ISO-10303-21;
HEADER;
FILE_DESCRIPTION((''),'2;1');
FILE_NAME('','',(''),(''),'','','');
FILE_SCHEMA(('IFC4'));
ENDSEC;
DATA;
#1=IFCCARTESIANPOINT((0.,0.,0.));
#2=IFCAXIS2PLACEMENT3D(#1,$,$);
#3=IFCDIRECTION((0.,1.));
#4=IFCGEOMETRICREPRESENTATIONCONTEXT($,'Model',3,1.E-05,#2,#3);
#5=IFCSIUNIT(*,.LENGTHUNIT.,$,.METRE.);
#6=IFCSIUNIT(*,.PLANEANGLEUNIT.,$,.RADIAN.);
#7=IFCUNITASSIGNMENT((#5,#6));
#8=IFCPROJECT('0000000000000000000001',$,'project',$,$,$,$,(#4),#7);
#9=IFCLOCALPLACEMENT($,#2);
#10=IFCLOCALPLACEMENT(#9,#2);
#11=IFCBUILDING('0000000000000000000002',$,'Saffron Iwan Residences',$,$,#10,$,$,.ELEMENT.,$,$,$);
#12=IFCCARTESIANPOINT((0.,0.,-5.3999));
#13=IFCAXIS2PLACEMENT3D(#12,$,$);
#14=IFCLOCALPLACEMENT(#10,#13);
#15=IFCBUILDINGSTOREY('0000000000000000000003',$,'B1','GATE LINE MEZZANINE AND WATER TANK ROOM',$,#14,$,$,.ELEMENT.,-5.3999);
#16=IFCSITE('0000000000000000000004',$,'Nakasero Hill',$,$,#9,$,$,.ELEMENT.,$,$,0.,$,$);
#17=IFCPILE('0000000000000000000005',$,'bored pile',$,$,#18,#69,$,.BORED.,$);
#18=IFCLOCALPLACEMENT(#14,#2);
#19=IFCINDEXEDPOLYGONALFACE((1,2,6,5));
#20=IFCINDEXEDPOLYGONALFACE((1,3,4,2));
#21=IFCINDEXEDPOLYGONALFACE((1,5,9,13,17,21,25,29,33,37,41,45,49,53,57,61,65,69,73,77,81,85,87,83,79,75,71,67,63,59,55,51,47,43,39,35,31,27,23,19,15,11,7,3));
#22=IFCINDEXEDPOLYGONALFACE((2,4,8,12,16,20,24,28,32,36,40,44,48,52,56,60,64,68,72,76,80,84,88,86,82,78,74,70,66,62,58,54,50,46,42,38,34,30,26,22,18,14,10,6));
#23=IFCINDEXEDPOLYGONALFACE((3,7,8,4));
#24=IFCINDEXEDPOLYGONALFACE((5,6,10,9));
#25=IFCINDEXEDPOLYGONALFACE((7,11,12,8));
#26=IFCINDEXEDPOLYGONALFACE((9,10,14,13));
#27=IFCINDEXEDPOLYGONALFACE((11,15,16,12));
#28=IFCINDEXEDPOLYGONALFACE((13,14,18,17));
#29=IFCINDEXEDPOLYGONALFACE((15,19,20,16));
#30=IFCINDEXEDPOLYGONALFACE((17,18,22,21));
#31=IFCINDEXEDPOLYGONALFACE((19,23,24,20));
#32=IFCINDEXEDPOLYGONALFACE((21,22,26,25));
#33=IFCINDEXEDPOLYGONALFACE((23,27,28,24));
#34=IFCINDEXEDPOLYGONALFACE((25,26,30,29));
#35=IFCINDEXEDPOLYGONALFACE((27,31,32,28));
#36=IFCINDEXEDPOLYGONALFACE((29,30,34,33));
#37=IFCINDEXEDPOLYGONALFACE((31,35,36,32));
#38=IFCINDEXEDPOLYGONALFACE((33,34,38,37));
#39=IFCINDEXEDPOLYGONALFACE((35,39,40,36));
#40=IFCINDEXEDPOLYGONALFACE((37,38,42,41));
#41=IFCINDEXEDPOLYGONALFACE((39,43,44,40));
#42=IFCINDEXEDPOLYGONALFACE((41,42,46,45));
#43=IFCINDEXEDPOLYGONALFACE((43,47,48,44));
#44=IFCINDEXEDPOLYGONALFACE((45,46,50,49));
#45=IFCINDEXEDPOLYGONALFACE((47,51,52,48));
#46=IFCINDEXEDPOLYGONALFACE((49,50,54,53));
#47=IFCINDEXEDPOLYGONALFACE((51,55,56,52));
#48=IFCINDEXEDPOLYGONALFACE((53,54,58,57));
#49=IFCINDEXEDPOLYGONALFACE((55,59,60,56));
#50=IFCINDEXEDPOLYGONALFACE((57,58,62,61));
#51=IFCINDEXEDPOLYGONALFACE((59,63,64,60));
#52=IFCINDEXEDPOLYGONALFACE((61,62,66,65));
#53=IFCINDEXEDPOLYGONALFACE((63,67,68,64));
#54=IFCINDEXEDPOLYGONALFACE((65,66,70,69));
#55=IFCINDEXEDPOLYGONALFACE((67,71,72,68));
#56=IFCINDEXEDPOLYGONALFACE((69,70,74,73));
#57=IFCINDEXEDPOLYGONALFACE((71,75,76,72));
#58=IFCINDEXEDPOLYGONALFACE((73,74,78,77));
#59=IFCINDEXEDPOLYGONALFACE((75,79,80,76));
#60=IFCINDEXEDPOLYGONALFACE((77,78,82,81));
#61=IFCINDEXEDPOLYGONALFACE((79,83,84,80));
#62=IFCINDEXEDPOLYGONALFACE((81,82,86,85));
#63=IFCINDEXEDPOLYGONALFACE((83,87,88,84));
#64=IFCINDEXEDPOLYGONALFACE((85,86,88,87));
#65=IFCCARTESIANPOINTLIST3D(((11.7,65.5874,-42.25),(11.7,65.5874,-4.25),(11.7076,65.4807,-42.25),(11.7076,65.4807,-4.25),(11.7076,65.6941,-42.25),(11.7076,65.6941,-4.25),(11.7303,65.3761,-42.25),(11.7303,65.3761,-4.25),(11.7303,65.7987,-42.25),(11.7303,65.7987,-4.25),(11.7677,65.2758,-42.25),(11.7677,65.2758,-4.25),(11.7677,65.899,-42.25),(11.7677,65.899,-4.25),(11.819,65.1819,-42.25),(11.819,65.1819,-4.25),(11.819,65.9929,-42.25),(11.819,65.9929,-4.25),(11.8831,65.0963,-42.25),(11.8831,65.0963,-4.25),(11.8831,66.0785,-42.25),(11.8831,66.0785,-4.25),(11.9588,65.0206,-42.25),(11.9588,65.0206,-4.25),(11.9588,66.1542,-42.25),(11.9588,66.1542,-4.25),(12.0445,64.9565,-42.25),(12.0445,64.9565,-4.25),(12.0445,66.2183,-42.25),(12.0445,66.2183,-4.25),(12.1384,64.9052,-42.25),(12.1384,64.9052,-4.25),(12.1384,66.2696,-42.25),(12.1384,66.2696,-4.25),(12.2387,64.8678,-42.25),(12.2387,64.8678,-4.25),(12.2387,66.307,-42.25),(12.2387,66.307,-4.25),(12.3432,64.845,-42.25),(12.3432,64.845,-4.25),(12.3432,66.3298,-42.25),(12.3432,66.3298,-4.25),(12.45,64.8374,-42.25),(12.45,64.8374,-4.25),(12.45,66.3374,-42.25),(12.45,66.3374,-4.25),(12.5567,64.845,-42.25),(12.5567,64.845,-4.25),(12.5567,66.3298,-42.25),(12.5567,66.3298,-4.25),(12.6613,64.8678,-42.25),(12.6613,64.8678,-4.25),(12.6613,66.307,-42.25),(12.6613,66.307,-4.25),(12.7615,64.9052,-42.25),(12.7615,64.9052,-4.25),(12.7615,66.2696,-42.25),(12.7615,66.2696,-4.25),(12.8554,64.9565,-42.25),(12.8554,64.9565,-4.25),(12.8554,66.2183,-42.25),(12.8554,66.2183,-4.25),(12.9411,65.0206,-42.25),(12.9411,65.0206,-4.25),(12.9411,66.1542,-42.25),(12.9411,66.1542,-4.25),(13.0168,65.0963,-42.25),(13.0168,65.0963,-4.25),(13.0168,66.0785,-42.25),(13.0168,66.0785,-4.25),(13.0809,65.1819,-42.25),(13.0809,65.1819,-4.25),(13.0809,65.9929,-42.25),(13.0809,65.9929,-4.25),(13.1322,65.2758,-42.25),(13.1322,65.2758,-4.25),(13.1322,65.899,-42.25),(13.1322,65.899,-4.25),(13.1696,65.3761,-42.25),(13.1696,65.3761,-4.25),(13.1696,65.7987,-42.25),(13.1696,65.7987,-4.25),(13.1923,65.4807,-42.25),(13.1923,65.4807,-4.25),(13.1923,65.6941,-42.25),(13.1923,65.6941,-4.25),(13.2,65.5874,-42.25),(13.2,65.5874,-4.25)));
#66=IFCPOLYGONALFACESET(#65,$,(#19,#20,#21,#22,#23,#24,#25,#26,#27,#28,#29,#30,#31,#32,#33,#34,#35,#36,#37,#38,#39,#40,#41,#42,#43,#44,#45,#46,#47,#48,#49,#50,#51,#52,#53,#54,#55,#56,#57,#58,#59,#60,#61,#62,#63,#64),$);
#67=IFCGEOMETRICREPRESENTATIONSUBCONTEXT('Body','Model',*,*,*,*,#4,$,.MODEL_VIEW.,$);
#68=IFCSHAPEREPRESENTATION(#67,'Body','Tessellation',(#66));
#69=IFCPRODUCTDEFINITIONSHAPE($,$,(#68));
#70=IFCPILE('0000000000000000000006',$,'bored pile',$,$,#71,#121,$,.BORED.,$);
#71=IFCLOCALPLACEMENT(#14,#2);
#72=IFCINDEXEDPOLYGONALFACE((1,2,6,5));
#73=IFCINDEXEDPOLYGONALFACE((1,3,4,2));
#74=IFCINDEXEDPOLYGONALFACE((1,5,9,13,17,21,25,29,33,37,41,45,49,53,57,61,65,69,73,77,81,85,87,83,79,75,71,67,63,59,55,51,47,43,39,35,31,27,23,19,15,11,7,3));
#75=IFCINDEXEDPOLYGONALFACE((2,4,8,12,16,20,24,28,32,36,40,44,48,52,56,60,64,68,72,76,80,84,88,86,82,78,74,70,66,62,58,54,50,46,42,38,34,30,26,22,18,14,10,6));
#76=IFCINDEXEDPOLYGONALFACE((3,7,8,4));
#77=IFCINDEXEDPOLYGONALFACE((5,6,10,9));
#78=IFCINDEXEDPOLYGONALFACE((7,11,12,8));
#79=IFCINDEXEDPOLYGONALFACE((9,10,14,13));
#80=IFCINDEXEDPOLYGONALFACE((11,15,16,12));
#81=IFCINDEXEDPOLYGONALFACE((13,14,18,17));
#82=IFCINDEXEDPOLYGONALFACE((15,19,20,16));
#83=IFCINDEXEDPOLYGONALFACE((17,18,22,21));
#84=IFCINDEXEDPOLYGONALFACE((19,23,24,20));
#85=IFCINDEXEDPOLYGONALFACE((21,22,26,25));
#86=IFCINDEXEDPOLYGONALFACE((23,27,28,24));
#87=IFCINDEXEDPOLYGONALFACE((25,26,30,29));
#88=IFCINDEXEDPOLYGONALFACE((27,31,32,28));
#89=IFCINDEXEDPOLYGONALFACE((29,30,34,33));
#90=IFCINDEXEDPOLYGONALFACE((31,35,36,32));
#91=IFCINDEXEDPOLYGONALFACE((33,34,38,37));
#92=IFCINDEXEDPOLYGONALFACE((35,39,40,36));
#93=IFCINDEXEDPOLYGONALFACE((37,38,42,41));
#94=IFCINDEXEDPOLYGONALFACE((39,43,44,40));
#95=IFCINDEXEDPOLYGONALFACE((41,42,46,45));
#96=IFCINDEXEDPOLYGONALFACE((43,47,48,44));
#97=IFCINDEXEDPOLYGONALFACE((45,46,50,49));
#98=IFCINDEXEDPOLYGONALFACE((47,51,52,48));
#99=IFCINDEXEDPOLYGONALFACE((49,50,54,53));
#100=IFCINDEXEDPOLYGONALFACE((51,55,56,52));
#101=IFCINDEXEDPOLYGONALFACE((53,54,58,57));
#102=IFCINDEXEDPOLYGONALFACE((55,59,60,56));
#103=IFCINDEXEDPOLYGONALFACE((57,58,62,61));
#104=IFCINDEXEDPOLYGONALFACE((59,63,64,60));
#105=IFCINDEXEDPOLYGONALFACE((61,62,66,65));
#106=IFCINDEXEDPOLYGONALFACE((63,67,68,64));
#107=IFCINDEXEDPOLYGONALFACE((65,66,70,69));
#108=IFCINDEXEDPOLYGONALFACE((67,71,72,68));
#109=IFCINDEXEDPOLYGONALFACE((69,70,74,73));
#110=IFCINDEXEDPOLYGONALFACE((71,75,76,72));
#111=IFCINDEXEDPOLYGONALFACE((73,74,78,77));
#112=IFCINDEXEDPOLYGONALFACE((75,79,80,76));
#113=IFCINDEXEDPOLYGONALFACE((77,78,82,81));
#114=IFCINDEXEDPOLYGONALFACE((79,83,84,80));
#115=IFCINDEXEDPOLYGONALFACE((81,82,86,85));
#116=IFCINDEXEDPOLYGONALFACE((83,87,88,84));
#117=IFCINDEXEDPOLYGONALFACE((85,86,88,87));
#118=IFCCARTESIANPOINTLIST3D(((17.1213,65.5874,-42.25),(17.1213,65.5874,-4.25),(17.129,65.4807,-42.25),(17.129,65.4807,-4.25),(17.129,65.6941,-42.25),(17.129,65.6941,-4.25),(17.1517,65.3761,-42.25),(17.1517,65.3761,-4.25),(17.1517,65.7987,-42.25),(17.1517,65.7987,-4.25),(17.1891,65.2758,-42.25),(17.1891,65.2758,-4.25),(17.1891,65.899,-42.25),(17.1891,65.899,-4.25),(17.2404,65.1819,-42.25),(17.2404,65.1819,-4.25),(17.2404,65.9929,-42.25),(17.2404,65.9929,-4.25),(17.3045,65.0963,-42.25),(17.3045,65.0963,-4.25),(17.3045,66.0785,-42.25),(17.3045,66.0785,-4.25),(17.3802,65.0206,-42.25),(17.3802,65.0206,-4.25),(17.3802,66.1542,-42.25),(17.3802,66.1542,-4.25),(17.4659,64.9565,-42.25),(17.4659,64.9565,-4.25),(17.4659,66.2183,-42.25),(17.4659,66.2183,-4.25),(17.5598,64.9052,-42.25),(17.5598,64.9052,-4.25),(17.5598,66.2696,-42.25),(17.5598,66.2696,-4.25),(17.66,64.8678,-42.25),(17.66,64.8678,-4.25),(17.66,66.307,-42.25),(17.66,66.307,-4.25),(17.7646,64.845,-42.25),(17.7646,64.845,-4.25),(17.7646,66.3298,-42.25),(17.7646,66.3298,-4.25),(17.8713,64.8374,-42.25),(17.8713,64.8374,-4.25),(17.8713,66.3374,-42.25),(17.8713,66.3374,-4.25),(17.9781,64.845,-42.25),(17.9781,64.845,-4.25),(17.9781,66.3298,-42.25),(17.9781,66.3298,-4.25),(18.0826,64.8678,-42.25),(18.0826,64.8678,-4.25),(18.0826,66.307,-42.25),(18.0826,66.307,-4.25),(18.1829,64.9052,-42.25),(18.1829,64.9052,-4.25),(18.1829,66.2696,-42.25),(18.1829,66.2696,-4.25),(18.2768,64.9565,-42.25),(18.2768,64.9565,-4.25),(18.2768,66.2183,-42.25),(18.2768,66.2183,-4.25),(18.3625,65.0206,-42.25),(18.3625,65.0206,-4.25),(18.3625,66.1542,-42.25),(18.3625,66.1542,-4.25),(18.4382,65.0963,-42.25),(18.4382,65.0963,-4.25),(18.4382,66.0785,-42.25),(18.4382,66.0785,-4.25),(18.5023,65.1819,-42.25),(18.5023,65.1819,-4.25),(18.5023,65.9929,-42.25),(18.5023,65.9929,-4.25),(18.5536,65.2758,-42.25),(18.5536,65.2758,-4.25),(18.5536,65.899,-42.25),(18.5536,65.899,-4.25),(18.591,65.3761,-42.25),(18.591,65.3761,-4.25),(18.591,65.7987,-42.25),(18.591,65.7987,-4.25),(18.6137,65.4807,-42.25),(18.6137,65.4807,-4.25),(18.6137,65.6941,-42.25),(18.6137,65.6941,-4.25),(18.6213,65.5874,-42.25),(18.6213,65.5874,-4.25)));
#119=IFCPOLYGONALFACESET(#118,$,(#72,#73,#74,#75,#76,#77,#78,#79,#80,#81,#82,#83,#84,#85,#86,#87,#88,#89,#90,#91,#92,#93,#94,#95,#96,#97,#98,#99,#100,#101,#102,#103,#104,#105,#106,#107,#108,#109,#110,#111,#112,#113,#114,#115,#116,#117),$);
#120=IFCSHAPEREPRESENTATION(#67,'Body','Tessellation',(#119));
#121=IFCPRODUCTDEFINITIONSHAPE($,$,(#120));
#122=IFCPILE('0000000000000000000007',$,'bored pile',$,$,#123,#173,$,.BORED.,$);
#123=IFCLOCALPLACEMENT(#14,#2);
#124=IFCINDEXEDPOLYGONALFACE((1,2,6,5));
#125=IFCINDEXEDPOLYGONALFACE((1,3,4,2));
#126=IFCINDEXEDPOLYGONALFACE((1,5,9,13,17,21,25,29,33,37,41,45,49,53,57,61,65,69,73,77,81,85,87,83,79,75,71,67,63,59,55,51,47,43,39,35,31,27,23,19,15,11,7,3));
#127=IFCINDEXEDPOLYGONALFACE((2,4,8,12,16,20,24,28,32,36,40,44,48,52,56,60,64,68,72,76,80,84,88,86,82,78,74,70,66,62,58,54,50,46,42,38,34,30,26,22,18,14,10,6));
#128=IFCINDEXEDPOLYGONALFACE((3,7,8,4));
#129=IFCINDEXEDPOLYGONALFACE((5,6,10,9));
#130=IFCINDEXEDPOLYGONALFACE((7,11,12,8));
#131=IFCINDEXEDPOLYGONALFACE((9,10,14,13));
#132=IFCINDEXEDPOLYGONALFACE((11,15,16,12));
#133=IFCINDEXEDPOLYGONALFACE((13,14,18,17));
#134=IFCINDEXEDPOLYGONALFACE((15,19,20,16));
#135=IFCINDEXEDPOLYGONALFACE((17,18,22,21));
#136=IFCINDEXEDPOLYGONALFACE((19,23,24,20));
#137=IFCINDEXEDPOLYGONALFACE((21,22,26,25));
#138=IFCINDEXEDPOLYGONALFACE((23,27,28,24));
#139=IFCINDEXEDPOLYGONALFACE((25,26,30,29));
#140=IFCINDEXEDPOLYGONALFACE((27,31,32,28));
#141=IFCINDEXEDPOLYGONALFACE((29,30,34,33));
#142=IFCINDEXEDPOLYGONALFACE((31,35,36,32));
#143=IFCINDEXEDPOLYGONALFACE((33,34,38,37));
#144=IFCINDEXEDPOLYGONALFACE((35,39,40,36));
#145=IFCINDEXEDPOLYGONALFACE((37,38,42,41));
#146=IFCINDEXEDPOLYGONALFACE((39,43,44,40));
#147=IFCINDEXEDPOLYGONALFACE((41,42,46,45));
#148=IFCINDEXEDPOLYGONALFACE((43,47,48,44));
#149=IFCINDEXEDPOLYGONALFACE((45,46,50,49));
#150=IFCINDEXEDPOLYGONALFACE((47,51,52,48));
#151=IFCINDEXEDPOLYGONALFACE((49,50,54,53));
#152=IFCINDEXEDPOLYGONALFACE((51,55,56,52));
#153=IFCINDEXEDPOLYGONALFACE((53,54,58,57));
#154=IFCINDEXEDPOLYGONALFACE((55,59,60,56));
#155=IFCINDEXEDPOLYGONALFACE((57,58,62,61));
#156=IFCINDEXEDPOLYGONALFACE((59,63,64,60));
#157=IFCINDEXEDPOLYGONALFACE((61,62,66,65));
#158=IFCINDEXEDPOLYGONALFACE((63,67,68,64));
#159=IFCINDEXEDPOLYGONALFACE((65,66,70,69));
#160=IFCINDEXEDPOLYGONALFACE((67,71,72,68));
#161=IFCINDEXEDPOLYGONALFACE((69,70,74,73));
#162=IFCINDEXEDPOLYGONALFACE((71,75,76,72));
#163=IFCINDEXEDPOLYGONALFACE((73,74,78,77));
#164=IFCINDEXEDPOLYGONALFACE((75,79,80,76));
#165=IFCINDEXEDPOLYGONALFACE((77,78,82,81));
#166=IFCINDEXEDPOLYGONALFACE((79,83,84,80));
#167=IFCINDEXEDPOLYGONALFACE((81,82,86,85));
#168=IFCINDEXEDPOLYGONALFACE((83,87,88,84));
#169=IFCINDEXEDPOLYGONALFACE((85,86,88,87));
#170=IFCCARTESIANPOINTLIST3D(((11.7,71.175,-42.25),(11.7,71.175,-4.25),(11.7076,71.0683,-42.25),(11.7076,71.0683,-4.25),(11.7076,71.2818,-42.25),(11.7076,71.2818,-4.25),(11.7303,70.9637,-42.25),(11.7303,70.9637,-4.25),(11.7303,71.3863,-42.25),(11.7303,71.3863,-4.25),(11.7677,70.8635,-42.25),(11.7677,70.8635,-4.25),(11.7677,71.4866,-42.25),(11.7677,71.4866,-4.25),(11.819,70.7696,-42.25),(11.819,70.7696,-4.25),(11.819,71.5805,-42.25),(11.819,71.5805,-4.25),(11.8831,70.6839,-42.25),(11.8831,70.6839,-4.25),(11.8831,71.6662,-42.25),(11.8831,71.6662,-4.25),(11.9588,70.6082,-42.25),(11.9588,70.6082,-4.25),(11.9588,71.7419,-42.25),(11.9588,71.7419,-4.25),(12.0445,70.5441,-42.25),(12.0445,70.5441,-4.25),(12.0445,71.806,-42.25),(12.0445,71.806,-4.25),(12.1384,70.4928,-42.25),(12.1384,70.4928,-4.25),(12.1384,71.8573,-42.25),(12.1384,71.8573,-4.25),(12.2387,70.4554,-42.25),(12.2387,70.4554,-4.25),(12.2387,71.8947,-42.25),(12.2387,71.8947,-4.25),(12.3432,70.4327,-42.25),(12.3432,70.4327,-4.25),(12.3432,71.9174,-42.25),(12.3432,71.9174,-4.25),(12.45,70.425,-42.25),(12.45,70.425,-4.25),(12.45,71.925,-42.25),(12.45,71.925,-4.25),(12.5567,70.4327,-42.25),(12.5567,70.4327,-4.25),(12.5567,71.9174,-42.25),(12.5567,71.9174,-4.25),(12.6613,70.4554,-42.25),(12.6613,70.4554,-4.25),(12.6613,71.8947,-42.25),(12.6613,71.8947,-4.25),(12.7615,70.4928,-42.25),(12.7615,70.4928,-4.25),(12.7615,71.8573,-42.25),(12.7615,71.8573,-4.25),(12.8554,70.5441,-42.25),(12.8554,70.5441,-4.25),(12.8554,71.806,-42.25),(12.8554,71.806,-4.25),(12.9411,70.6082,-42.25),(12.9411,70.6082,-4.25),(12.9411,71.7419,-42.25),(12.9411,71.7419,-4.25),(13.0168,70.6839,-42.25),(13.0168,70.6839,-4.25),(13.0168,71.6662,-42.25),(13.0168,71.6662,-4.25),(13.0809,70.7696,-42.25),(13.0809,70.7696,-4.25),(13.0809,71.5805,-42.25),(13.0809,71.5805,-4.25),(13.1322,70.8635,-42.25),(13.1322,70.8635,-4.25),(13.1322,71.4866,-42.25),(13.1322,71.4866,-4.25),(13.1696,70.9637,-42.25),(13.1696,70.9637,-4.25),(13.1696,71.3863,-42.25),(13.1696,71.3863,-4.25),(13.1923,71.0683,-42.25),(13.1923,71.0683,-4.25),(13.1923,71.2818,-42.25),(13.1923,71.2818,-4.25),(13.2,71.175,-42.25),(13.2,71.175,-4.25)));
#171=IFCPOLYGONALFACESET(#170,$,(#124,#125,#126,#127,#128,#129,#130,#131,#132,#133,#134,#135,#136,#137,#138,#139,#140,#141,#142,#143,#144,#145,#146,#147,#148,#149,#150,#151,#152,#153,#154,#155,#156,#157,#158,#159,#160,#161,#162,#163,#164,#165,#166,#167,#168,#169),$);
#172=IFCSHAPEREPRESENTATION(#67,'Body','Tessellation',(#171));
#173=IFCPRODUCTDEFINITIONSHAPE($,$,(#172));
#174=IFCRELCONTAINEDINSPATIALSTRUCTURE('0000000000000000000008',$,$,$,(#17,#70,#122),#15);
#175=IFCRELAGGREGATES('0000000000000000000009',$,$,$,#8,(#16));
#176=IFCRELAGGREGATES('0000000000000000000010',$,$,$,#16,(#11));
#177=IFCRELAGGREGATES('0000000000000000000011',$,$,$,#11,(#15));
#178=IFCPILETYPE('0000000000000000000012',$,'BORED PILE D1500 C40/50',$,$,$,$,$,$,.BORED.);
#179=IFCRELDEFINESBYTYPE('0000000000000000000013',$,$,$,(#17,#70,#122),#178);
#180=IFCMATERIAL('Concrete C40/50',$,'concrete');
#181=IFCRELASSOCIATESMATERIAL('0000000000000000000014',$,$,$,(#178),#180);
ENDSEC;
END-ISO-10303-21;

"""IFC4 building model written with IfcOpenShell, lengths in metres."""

from ifc_helpers import new_model, si_unit, direction, frame, origin, origin_2d, place, context, subcontext, project, spatial, circle, extrude, material, material_profile, profile_set, type_object, element, save


model = new_model("IFC4")

# Units and contexts
model_context = context("Model", 3, precision=1e-05, world=origin(), true_north=direction((0.0, 1.0)))
body_context = subcontext(model_context, "Body", "Model", "MODEL_VIEW")
ifc_project = project(units=[si_unit("LENGTHUNIT", "METRE"), si_unit("PLANEANGLEUNIT", "RADIAN")], contexts=[model_context])

# Site, building, storey
site_placement = place(None, origin())
site = spatial("IfcSite", under=ifc_project, at=site_placement, Name="Nakasero Hill", CompositionType="ELEMENT", RefElevation=0.0)
building_placement = place(site_placement, origin())
building = spatial("IfcBuilding", under=site, at=building_placement, Name="Saffron Iwan Residences", CompositionType="ELEMENT")
storey_placement = place(building_placement, frame((0.0, 0.0, -5.3999)))
storey = spatial("IfcBuildingStorey", under=building, at=storey_placement, Name="B1", Description="GATE LINE MEZZANINE AND WATER TANK ROOM", CompositionType="ELEMENT", Elevation=-5.3999)

# Piles
ifc_material_1 = material(Name="Concrete C40/50", Category="concrete")
ifc_material_profile_1 = material_profile(ifc_material_1, circle(Radius=0.75, at=origin_2d()), Name="RC D1500")
ifc_profile_set_1 = profile_set([ifc_material_profile_1], Name="Concrete C40/50")
pile_type = type_object("IfcPileType", Name="BORED PILE D1500 C40/50", PredefinedType="BORED", material=ifc_profile_set_1)
for number, where, z_axis, x_axis, name in (
    (1, (12.45, 65.5874, -4.25), (0.0, 0.0, -1.0), (1.0, 0.0, 0.0), "bored pile"),
    (2, (17.8713, 65.5874, -4.25), (0.0, 0.0, -1.0), (1.0, 0.0, 0.0), "bored pile"),
    (3, (12.45, 71.175, -4.25), (0.0, 0.0, -1.0), (1.0, 0.0, 0.0), "bored pile"),
):
    element("IfcPile", number, at=place(storey_placement, frame(where, z_axis=z_axis, x_axis=x_axis)), inside=storey, type_object=pile_type, Name=name, PredefinedType="BORED", context=body_context, shape_type="SweptSolid", body=[
        extrude(circle(Radius=0.75, at=origin_2d()), origin(), (0.0, 0.0, 1.0), 38.0),
    ])

save(model, "model.ifc")
